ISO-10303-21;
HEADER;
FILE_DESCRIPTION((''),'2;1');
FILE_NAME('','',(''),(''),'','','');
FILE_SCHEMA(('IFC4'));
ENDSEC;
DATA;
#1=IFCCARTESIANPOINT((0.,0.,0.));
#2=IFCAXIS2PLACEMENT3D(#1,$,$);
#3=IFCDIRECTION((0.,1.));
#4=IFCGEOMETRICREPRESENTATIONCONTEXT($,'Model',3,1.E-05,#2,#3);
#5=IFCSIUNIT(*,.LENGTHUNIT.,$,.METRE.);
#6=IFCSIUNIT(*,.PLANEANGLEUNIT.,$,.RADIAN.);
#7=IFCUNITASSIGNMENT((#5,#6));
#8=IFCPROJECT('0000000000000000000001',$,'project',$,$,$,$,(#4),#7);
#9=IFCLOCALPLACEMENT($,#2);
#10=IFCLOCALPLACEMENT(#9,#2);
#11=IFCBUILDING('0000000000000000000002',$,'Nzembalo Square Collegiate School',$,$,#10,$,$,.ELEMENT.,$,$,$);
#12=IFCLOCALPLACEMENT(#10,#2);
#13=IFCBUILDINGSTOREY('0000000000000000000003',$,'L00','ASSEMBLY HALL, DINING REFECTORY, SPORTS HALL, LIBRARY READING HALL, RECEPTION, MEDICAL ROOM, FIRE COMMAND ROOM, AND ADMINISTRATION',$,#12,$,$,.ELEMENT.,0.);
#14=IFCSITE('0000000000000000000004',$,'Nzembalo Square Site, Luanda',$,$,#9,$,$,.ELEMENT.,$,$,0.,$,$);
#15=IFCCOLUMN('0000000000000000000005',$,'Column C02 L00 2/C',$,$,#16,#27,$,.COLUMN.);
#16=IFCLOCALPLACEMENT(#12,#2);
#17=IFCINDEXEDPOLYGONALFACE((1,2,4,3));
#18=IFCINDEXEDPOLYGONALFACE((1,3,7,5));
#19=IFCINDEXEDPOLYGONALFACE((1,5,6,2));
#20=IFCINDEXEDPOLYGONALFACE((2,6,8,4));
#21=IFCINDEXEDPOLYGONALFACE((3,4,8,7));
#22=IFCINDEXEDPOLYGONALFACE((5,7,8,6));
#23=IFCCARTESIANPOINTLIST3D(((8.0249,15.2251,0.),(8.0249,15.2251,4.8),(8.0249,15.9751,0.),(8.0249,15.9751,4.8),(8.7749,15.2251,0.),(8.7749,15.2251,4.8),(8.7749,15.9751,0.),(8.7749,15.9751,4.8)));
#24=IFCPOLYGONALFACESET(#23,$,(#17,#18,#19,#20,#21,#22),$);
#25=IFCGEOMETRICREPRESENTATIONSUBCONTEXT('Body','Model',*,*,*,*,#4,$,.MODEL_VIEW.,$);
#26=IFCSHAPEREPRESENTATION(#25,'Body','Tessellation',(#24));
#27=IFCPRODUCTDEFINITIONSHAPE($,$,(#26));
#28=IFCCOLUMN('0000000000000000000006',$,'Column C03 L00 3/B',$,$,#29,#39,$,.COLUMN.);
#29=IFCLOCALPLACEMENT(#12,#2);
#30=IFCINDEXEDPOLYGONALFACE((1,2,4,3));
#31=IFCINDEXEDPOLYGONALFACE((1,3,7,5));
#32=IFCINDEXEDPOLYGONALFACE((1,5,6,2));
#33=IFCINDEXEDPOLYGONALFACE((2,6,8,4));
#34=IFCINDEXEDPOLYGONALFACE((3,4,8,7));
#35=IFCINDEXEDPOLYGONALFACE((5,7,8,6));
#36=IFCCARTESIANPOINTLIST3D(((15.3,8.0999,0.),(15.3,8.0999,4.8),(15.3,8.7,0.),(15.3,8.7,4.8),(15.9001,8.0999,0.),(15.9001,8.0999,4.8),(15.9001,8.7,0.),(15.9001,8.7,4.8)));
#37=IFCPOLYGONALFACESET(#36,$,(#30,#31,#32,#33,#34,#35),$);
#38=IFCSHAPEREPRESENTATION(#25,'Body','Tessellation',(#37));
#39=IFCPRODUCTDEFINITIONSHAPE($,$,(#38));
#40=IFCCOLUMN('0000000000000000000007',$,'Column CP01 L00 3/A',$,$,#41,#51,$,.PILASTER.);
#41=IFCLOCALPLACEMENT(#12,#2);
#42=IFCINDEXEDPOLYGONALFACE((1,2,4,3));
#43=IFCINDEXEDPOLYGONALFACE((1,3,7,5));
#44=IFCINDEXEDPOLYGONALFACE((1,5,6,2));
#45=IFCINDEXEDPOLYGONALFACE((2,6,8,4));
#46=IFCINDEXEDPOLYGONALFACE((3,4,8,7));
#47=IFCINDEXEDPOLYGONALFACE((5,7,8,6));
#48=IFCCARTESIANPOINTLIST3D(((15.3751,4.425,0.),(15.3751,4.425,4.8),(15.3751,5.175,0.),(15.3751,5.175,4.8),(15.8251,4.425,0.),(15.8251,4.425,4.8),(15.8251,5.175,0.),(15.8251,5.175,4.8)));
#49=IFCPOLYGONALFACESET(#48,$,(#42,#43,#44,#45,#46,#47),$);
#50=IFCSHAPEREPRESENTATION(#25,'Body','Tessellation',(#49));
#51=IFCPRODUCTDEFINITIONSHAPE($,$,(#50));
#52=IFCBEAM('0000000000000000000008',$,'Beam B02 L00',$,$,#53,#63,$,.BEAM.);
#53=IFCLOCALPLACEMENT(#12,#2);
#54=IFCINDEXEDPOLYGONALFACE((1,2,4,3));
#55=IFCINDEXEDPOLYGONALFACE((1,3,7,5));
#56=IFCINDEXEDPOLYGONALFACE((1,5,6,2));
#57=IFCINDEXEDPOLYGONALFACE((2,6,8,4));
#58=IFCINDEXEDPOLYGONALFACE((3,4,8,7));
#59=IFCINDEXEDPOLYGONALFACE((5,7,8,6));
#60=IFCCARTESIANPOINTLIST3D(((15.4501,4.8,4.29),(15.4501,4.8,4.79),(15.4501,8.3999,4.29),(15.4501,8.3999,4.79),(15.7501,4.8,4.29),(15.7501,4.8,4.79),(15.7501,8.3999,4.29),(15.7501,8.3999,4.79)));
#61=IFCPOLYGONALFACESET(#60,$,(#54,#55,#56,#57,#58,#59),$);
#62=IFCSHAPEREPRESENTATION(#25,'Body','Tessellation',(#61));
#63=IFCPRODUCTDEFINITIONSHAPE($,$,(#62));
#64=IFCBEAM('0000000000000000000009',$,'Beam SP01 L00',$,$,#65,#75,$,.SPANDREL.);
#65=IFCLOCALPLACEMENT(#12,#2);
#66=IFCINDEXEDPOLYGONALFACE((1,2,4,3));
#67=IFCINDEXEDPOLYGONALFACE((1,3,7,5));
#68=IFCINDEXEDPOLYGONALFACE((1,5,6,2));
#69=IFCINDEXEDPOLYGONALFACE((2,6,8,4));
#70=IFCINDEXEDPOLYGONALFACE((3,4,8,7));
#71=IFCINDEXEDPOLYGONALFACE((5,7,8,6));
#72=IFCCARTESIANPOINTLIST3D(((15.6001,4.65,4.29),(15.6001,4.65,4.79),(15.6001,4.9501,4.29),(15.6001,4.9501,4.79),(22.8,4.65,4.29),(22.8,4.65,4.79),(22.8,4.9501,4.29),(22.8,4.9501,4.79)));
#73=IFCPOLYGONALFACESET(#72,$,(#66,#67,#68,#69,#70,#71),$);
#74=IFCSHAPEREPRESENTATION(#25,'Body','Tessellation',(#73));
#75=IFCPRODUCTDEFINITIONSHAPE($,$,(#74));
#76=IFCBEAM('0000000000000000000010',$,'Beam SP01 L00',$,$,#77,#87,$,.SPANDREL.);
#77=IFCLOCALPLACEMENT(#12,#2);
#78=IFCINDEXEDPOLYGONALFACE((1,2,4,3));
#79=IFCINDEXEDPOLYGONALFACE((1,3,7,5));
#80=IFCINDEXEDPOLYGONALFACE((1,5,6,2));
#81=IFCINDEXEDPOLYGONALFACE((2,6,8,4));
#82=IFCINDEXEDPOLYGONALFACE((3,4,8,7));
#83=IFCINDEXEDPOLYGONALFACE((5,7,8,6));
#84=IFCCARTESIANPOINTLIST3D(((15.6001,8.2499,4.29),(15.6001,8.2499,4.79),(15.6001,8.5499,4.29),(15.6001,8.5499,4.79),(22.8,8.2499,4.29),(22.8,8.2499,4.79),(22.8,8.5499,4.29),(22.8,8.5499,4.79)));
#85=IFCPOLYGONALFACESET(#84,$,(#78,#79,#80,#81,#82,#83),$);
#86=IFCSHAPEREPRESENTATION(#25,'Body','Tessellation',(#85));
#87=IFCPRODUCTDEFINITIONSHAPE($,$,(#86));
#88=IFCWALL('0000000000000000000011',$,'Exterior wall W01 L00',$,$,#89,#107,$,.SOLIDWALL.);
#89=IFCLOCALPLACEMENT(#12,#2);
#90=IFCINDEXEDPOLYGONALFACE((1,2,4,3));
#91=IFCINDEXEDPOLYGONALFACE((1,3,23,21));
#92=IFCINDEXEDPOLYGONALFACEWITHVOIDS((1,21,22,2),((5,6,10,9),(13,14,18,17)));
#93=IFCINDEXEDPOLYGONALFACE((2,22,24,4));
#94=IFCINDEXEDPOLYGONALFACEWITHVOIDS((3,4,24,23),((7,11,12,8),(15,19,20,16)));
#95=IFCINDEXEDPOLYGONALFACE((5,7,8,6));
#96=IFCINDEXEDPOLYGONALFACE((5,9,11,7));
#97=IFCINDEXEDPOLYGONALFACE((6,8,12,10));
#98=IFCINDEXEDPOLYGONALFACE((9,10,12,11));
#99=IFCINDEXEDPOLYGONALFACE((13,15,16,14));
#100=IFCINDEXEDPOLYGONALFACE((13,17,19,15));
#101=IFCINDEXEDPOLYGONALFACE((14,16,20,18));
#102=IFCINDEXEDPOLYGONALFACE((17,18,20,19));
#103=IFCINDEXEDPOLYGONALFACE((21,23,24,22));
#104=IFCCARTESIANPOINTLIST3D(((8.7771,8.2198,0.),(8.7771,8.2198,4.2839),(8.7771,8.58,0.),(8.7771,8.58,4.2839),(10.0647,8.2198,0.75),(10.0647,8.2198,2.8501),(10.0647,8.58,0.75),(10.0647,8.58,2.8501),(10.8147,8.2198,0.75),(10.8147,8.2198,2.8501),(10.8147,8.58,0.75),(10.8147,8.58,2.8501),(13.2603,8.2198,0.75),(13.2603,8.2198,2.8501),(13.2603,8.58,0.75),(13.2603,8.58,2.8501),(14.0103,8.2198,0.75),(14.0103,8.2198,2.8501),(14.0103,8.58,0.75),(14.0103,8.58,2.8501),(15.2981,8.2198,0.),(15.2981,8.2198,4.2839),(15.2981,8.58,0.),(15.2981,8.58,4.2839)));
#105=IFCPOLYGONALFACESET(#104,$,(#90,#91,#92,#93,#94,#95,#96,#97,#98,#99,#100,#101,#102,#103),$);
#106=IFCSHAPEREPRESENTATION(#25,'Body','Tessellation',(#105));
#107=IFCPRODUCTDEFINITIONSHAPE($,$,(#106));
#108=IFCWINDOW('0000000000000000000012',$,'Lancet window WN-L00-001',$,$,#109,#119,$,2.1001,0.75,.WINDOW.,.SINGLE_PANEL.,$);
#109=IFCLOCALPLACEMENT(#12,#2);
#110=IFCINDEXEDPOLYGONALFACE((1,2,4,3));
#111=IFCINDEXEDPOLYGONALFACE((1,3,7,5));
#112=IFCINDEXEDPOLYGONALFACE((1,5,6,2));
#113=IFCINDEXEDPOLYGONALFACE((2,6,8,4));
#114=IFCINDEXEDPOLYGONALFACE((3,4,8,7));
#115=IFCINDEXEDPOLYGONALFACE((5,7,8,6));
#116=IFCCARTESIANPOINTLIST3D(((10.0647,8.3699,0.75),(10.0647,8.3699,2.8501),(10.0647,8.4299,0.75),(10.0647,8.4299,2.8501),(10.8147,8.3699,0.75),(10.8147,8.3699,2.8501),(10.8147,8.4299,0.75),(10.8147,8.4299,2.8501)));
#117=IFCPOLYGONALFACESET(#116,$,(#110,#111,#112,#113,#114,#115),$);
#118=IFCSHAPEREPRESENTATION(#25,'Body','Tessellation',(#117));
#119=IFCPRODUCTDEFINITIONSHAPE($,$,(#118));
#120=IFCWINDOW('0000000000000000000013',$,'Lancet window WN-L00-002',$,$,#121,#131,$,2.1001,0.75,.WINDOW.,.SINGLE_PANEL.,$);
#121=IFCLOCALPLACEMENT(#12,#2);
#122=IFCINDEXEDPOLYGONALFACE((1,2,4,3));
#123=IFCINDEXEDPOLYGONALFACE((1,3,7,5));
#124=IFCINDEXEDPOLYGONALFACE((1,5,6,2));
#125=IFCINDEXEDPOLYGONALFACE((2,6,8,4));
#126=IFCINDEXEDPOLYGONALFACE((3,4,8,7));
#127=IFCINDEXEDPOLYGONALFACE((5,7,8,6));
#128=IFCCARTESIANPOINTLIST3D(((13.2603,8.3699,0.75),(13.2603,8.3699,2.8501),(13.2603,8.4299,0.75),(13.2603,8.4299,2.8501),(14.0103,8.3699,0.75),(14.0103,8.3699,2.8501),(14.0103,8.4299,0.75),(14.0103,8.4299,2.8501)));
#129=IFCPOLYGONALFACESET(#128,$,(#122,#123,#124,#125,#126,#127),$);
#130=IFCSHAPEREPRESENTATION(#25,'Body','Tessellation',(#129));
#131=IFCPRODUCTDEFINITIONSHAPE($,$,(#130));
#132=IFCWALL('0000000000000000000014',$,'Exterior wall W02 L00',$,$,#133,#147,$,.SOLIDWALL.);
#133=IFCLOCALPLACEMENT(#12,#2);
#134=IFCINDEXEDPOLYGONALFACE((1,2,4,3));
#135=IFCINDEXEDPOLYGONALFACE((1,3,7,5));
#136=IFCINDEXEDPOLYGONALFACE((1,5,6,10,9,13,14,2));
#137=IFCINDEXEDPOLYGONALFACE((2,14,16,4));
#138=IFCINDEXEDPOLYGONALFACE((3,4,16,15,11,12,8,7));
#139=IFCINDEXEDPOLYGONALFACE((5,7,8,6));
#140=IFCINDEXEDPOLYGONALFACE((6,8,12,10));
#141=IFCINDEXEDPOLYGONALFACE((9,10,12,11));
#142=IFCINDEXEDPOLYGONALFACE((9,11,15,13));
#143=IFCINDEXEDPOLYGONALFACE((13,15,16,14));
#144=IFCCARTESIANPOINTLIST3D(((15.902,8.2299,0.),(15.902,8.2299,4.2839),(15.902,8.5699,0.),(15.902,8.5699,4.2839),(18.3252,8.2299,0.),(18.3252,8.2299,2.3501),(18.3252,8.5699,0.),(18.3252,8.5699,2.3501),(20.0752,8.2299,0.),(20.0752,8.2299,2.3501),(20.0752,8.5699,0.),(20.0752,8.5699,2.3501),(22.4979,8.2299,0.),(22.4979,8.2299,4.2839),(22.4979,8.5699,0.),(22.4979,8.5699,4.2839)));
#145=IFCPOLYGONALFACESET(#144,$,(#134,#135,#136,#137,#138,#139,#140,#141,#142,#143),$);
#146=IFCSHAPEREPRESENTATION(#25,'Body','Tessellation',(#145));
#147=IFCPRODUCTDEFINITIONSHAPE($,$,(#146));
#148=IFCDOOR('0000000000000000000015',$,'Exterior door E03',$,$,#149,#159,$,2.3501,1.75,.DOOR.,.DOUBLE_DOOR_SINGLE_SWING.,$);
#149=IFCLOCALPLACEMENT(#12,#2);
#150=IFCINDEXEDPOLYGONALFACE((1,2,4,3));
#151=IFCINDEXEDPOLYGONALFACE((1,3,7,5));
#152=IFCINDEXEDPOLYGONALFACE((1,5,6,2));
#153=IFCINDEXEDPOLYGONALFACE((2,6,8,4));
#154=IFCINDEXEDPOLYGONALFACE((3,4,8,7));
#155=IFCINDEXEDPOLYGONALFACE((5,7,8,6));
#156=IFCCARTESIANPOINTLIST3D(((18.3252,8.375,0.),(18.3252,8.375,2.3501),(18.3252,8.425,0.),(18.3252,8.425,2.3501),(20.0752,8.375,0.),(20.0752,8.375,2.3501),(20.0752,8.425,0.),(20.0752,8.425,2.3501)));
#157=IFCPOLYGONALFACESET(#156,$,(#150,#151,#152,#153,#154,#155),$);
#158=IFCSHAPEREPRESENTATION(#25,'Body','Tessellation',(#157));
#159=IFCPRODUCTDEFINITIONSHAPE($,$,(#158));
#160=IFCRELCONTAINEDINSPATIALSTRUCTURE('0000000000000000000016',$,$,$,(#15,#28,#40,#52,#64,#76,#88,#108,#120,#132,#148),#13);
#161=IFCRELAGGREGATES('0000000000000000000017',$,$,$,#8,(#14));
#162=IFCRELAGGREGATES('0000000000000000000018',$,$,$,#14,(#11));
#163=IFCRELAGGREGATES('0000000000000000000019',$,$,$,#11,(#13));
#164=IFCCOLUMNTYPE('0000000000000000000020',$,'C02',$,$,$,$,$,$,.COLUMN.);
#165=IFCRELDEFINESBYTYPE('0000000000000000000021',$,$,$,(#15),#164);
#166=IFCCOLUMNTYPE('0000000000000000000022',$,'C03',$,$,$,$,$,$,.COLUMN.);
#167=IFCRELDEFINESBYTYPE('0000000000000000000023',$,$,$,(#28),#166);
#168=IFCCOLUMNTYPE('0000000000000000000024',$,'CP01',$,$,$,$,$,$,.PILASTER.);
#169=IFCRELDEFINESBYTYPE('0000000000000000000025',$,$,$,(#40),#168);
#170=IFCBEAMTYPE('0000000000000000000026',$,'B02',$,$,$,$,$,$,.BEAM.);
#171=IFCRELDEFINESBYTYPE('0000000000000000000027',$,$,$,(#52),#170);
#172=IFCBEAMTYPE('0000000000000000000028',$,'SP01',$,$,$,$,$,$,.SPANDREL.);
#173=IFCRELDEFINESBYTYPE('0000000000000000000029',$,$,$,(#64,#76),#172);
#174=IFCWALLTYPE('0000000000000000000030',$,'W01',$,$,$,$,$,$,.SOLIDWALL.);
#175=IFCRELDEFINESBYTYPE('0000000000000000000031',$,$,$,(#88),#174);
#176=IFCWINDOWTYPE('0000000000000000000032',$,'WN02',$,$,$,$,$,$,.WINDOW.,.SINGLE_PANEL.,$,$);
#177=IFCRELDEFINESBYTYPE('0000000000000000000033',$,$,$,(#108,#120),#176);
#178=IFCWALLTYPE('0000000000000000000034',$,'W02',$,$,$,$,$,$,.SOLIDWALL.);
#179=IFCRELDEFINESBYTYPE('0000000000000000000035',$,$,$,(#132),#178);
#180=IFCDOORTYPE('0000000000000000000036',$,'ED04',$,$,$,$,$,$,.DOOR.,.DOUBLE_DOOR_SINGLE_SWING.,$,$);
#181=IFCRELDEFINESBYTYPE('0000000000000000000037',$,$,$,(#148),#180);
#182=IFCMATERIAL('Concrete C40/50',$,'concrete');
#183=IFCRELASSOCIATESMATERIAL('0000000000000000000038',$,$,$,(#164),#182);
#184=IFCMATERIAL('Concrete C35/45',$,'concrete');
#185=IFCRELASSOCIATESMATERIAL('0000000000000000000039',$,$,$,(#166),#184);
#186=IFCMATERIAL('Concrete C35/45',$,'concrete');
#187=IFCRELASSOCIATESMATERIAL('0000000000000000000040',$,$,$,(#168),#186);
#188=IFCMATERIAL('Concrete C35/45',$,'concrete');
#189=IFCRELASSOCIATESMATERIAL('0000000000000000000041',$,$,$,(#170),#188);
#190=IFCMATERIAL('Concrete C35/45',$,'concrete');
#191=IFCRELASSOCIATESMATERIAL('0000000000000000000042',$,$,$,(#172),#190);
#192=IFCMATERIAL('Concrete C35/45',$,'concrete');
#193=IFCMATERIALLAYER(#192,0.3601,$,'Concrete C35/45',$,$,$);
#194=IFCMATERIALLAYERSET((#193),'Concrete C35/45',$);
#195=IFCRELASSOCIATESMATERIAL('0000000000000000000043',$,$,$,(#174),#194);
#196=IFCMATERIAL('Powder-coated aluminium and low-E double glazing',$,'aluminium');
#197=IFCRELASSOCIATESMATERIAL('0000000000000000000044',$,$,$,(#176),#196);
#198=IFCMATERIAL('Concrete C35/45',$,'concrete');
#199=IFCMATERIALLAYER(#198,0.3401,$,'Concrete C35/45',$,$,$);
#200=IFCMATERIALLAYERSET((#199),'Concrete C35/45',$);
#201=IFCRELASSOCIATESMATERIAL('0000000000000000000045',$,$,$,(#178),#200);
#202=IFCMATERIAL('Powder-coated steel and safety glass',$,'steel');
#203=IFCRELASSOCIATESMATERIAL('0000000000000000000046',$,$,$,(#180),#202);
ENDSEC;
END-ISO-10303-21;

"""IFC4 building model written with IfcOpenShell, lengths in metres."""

from ifc_helpers import new_model, si_unit, direction, frame, frame_2d, origin, origin_2d, place, context, subcontext, project, spatial, rectangle, extrude, material, layer, layer_set, material_profile, profile_set, type_object, element, fill, save


model = new_model("IFC4")

# Units and contexts
model_context = context("Model", 3, precision=1e-05, world=origin(), true_north=direction((0.0, 1.0)))
body_context = subcontext(model_context, "Body", "Model", "MODEL_VIEW")
ifc_project = project(units=[si_unit("LENGTHUNIT", "METRE"), si_unit("PLANEANGLEUNIT", "RADIAN")], contexts=[model_context])

# Site, building, storey
site_placement = place(None, origin())
site = spatial("IfcSite", under=ifc_project, at=site_placement, Name="Nzembalo Square Site, Luanda", CompositionType="ELEMENT", RefElevation=0.0)
building_placement = place(site_placement, origin())
building = spatial("IfcBuilding", under=site, at=building_placement, Name="Nzembalo Square Collegiate School", CompositionType="ELEMENT")
storey_placement = place(building_placement, origin())
storey = spatial("IfcBuildingStorey", under=building, at=storey_placement, Name="L00", Description="ASSEMBLY HALL, DINING REFECTORY, SPORTS HALL, LIBRARY READING HALL, RECEPTION, MEDICAL ROOM, FIRE COMMAND ROOM, AND ADMINISTRATION", CompositionType="ELEMENT", Elevation=0.0)

# Columns
ifc_material_1 = material(Name="Concrete C40/50", Category="concrete")
ifc_material_profile_1 = material_profile(ifc_material_1, rectangle(XDim=0.75, YDim=0.75, at=origin_2d()), Name="RC 750x750")
ifc_profile_set_1 = profile_set([ifc_material_profile_1], Name="Concrete C40/50")
column_type_1 = type_object("IfcColumnType", Name="C02", PredefinedType="COLUMN", material=ifc_profile_set_1)
column_1_placement = place(storey_placement, frame((8.3999, 15.6001, 0.0), z_axis=(0.0, 0.0, 1.0), x_axis=(1.0, 0.0, 0.0)))
element("IfcColumn", 1, at=column_1_placement, inside=storey, type_object=column_type_1, Name="Column C02 L00 2/C", PredefinedType="COLUMN", context=body_context, shape_type="SweptSolid", body=[
    extrude(rectangle(XDim=0.75, YDim=0.75, at=origin_2d()), origin(), (0.0, 0.0, 1.0), 4.8),
])
ifc_material_2 = material(Name="Concrete C35/45", Category="concrete")
ifc_material_profile_2 = material_profile(ifc_material_2, rectangle(XDim=0.6001, YDim=0.6001, at=origin_2d()), Name="RC 600x600")
ifc_profile_set_2 = profile_set([ifc_material_profile_2], Name="Concrete C35/45")
column_type_2 = type_object("IfcColumnType", Name="C03", PredefinedType="COLUMN", material=ifc_profile_set_2)
column_2_placement = place(storey_placement, frame((15.6001, 8.3999, 0.0), z_axis=(0.0, 0.0, 1.0), x_axis=(1.0, 0.0, 0.0)))
element("IfcColumn", 2, at=column_2_placement, inside=storey, type_object=column_type_2, Name="Column C03 L00 3/B", PredefinedType="COLUMN", context=body_context, shape_type="SweptSolid", body=[
    extrude(rectangle(XDim=0.6001, YDim=0.6001, at=origin_2d()), origin(), (0.0, 0.0, 1.0), 4.8),
])
ifc_material_3 = material(Name="Concrete C35/45", Category="concrete")
ifc_material_profile_3 = material_profile(ifc_material_3, rectangle(XDim=0.45, YDim=0.75, at=origin_2d()), Name="RC 450x750")
ifc_profile_set_3 = profile_set([ifc_material_profile_3], Name="Concrete C35/45")
column_type_3 = type_object("IfcColumnType", Name="CP01", PredefinedType="PILASTER", material=ifc_profile_set_3)
column_3_placement = place(storey_placement, frame((15.6001, 4.8, 0.0), z_axis=(0.0, 0.0, 1.0), x_axis=(1.0, 0.0, 0.0)))
element("IfcColumn", 3, at=column_3_placement, inside=storey, type_object=column_type_3, Name="Column CP01 L00 3/A", PredefinedType="PILASTER", context=body_context, shape_type="SweptSolid", body=[
    extrude(rectangle(XDim=0.45, YDim=0.75, at=origin_2d()), origin(), (0.0, 0.0, 1.0), 4.8),
])

# Beams
ifc_material_4 = material(Name="Concrete C35/45", Category="concrete")
ifc_material_profile_4 = material_profile(ifc_material_4, rectangle(XDim=0.3, YDim=0.5, at=origin_2d()), Name="RC 300x500")
ifc_profile_set_4 = profile_set([ifc_material_profile_4], Name="Concrete C35/45")
beam_type_1 = type_object("IfcBeamType", Name="B02", PredefinedType="BEAM", material=ifc_profile_set_4)
beam_placement = place(storey_placement, frame((15.6001, 4.8, 4.54), z_axis=(0.0, 1.0, 0.0), x_axis=(-1.0, 0.0, 0.0)))
element("IfcBeam", 4, at=beam_placement, inside=storey, type_object=beam_type_1, Name="Beam B02 L00", PredefinedType="BEAM", context=body_context, shape_type="SweptSolid", body=[
    extrude(rectangle(XDim=0.3, YDim=0.5, at=origin_2d()), origin(), (0.0, 0.0, 1.0), 3.5999),
])
ifc_material_5 = material(Name="Concrete C35/45", Category="concrete")
ifc_material_profile_5 = material_profile(ifc_material_5, rectangle(XDim=0.3, YDim=0.5, at=origin_2d()), Name="RC 300x500")
ifc_profile_set_5 = profile_set([ifc_material_profile_5], Name="Concrete C35/45")
beam_type_2 = type_object("IfcBeamType", Name="SP01", PredefinedType="SPANDREL", material=ifc_profile_set_5)
for number, where, z_axis, x_axis, name in (
    (5, (15.6001, 4.8, 4.54), (1.0, 0.0, 0.0), (0.0, 1.0, 0.0), "Beam SP01 L00"),
    (6, (15.6001, 8.3999, 4.54), (1.0, 0.0, 0.0), (0.0, 1.0, 0.0), "Beam SP01 L00"),
):
    element("IfcBeam", number, at=place(storey_placement, frame(where, z_axis=z_axis, x_axis=x_axis)), inside=storey, type_object=beam_type_2, Name=name, PredefinedType="SPANDREL", context=body_context, shape_type="SweptSolid", body=[
        extrude(rectangle(XDim=0.3, YDim=0.5, at=origin_2d()), origin(), (0.0, 0.0, 1.0), 7.2),
    ])

# Wall, openings, windows
ifc_material_6 = material(Name="Concrete C35/45", Category="concrete")
ifc_layer_1 = layer(ifc_material_6, 0.3601, Name="Concrete C35/45")
ifc_layer_set_1 = layer_set([ifc_layer_1], Name="Concrete C35/45")
wall_type_1 = type_object("IfcWallType", Name="W01", PredefinedType="SOLIDWALL", material=ifc_layer_set_1)
wall_1_placement = place(storey_placement, frame((8.7771, 8.3999, 0.0), z_axis=(0.0, 0.0, 1.0), x_axis=(1.0, 0.0, 0.0)))
wall_1 = element("IfcWall", 7, at=wall_1_placement, inside=storey, type_object=wall_type_1, Name="Exterior wall W01 L00", PredefinedType="SOLIDWALL", context=body_context, shape_type="SweptSolid", body=[
    extrude(rectangle(XDim=6.521, YDim=0.3601, at=frame_2d((3.2605, 0.0))), origin(), (0.0, 0.0, 1.0), 4.2839),
])
opening_1_placement = place(wall_1_placement, frame((1.2876, 0.0, 0.75)))
opening_1 = element("IfcOpeningElement", 8, at=opening_1_placement, cuts=wall_1, PredefinedType="OPENING", context=body_context, shape_type="SweptSolid", body=[
    extrude(rectangle(XDim=0.75, YDim=2.1001, at=frame_2d((0.375, 1.05))), frame((0.0, 0.1899, 0.0), z_axis=(0.0, -1.0, 0.0), x_axis=(1.0, 0.0, 0.0)), (0.0, 0.0, 1.0), 0.3801),
])
opening_2_placement = place(wall_1_placement, frame((4.4832, 0.0, 0.75)))
opening_2 = element("IfcOpeningElement", 9, at=opening_2_placement, cuts=wall_1, PredefinedType="OPENING", context=body_context, shape_type="SweptSolid", body=[
    extrude(rectangle(XDim=0.75, YDim=2.1001, at=frame_2d((0.375, 1.05))), frame((0.0, 0.1899, 0.0), z_axis=(0.0, -1.0, 0.0), x_axis=(1.0, 0.0, 0.0)), (0.0, 0.0, 1.0), 0.3801),
])
ifc_material_7 = material(Name="Powder-coated aluminium and low-E double glazing", Category="aluminium")
window_type = type_object("IfcWindowType", Name="WN02", PartitioningType="SINGLE_PANEL", PredefinedType="WINDOW", material=ifc_material_7)
window_1_placement = place(opening_1_placement, origin())
window_1 = element("IfcWindow", 10, at=window_1_placement, inside=storey, type_object=window_type, Name="Lancet window WN-L00-001", OverallHeight=2.1001, OverallWidth=0.75, PartitioningType="SINGLE_PANEL", PredefinedType="WINDOW", context=body_context, shape_type="SweptSolid", body=[
    extrude(rectangle(XDim=0.75, YDim=2.1001, at=frame_2d((0.375, 1.05))), frame((0.0, 0.03, 0.0), z_axis=(0.0, -1.0, 0.0), x_axis=(1.0, 0.0, 0.0)), (0.0, 0.0, 1.0), 0.0601),
])
fill(opening_1, window_1)
window_2_placement = place(opening_2_placement, origin())
window_2 = element("IfcWindow", 11, at=window_2_placement, inside=storey, type_object=window_type, Name="Lancet window WN-L00-002", OverallHeight=2.1001, OverallWidth=0.75, PartitioningType="SINGLE_PANEL", PredefinedType="WINDOW", context=body_context, shape_type="SweptSolid", body=[
    extrude(rectangle(XDim=0.75, YDim=2.1001, at=frame_2d((0.375, 1.05))), frame((0.0, 0.03, 0.0), z_axis=(0.0, -1.0, 0.0), x_axis=(1.0, 0.0, 0.0)), (0.0, 0.0, 1.0), 0.0601),
])
fill(opening_2, window_2)

# Wall, opening, door
ifc_material_8 = material(Name="Concrete C35/45", Category="concrete")
ifc_layer_2 = layer(ifc_material_8, 0.3401, Name="Concrete C35/45")
ifc_layer_set_2 = layer_set([ifc_layer_2], Name="Concrete C35/45")
wall_type_2 = type_object("IfcWallType", Name="W02", PredefinedType="SOLIDWALL", material=ifc_layer_set_2)
wall_2_placement = place(storey_placement, frame((15.9021, 8.3999, 0.0), z_axis=(0.0, 0.0, 1.0), x_axis=(1.0, 0.0, 0.0)))
wall_2 = element("IfcWall", 12, at=wall_2_placement, inside=storey, type_object=wall_type_2, Name="Exterior wall W02 L00", PredefinedType="SOLIDWALL", context=body_context, shape_type="SweptSolid", body=[
    extrude(rectangle(XDim=6.5959, YDim=0.3401, at=frame_2d((3.2979, 0.0))), origin(), (0.0, 0.0, 1.0), 4.2839),
])
opening_3_placement = place(wall_2_placement, frame((2.4231, 0.0, 0.0)))
opening_3 = element("IfcOpeningElement", 13, at=opening_3_placement, cuts=wall_2, PredefinedType="OPENING", context=body_context, shape_type="SweptSolid", body=[
    extrude(rectangle(XDim=1.75, YDim=2.3501, at=frame_2d((0.875, 1.175))), frame((0.0, 0.1802, 0.0), z_axis=(0.0, -1.0, 0.0), x_axis=(1.0, 0.0, 0.0)), (0.0, 0.0, 1.0), 0.3601),
])
ifc_material_9 = material(Name="Powder-coated steel and safety glass", Category="steel")
door_type = type_object("IfcDoorType", Name="ED04", OperationType="DOUBLE_DOOR_SINGLE_SWING", PredefinedType="DOOR", material=ifc_material_9)
door_placement = place(opening_3_placement, frame((1.75, 0.0, 0.0), z_axis=(0.0, 0.0, 1.0), x_axis=(-1.0, 0.0, 0.0)))
door = element("IfcDoor", 14, at=door_placement, inside=storey, type_object=door_type, Name="Exterior door E03", OperationType="DOUBLE_DOOR_SINGLE_SWING", OverallHeight=2.3501, OverallWidth=1.75, PredefinedType="DOOR", context=body_context, shape_type="SweptSolid", body=[
    extrude(rectangle(XDim=1.75, YDim=2.3501, at=frame_2d((0.875, 1.175))), frame((0.0, 0.0249, 0.0), z_axis=(0.0, -1.0, 0.0), x_axis=(1.0, 0.0, 0.0)), (0.0, 0.0, 1.0), 0.05),
])
fill(opening_3, door)

save(model, "model.ifc")
